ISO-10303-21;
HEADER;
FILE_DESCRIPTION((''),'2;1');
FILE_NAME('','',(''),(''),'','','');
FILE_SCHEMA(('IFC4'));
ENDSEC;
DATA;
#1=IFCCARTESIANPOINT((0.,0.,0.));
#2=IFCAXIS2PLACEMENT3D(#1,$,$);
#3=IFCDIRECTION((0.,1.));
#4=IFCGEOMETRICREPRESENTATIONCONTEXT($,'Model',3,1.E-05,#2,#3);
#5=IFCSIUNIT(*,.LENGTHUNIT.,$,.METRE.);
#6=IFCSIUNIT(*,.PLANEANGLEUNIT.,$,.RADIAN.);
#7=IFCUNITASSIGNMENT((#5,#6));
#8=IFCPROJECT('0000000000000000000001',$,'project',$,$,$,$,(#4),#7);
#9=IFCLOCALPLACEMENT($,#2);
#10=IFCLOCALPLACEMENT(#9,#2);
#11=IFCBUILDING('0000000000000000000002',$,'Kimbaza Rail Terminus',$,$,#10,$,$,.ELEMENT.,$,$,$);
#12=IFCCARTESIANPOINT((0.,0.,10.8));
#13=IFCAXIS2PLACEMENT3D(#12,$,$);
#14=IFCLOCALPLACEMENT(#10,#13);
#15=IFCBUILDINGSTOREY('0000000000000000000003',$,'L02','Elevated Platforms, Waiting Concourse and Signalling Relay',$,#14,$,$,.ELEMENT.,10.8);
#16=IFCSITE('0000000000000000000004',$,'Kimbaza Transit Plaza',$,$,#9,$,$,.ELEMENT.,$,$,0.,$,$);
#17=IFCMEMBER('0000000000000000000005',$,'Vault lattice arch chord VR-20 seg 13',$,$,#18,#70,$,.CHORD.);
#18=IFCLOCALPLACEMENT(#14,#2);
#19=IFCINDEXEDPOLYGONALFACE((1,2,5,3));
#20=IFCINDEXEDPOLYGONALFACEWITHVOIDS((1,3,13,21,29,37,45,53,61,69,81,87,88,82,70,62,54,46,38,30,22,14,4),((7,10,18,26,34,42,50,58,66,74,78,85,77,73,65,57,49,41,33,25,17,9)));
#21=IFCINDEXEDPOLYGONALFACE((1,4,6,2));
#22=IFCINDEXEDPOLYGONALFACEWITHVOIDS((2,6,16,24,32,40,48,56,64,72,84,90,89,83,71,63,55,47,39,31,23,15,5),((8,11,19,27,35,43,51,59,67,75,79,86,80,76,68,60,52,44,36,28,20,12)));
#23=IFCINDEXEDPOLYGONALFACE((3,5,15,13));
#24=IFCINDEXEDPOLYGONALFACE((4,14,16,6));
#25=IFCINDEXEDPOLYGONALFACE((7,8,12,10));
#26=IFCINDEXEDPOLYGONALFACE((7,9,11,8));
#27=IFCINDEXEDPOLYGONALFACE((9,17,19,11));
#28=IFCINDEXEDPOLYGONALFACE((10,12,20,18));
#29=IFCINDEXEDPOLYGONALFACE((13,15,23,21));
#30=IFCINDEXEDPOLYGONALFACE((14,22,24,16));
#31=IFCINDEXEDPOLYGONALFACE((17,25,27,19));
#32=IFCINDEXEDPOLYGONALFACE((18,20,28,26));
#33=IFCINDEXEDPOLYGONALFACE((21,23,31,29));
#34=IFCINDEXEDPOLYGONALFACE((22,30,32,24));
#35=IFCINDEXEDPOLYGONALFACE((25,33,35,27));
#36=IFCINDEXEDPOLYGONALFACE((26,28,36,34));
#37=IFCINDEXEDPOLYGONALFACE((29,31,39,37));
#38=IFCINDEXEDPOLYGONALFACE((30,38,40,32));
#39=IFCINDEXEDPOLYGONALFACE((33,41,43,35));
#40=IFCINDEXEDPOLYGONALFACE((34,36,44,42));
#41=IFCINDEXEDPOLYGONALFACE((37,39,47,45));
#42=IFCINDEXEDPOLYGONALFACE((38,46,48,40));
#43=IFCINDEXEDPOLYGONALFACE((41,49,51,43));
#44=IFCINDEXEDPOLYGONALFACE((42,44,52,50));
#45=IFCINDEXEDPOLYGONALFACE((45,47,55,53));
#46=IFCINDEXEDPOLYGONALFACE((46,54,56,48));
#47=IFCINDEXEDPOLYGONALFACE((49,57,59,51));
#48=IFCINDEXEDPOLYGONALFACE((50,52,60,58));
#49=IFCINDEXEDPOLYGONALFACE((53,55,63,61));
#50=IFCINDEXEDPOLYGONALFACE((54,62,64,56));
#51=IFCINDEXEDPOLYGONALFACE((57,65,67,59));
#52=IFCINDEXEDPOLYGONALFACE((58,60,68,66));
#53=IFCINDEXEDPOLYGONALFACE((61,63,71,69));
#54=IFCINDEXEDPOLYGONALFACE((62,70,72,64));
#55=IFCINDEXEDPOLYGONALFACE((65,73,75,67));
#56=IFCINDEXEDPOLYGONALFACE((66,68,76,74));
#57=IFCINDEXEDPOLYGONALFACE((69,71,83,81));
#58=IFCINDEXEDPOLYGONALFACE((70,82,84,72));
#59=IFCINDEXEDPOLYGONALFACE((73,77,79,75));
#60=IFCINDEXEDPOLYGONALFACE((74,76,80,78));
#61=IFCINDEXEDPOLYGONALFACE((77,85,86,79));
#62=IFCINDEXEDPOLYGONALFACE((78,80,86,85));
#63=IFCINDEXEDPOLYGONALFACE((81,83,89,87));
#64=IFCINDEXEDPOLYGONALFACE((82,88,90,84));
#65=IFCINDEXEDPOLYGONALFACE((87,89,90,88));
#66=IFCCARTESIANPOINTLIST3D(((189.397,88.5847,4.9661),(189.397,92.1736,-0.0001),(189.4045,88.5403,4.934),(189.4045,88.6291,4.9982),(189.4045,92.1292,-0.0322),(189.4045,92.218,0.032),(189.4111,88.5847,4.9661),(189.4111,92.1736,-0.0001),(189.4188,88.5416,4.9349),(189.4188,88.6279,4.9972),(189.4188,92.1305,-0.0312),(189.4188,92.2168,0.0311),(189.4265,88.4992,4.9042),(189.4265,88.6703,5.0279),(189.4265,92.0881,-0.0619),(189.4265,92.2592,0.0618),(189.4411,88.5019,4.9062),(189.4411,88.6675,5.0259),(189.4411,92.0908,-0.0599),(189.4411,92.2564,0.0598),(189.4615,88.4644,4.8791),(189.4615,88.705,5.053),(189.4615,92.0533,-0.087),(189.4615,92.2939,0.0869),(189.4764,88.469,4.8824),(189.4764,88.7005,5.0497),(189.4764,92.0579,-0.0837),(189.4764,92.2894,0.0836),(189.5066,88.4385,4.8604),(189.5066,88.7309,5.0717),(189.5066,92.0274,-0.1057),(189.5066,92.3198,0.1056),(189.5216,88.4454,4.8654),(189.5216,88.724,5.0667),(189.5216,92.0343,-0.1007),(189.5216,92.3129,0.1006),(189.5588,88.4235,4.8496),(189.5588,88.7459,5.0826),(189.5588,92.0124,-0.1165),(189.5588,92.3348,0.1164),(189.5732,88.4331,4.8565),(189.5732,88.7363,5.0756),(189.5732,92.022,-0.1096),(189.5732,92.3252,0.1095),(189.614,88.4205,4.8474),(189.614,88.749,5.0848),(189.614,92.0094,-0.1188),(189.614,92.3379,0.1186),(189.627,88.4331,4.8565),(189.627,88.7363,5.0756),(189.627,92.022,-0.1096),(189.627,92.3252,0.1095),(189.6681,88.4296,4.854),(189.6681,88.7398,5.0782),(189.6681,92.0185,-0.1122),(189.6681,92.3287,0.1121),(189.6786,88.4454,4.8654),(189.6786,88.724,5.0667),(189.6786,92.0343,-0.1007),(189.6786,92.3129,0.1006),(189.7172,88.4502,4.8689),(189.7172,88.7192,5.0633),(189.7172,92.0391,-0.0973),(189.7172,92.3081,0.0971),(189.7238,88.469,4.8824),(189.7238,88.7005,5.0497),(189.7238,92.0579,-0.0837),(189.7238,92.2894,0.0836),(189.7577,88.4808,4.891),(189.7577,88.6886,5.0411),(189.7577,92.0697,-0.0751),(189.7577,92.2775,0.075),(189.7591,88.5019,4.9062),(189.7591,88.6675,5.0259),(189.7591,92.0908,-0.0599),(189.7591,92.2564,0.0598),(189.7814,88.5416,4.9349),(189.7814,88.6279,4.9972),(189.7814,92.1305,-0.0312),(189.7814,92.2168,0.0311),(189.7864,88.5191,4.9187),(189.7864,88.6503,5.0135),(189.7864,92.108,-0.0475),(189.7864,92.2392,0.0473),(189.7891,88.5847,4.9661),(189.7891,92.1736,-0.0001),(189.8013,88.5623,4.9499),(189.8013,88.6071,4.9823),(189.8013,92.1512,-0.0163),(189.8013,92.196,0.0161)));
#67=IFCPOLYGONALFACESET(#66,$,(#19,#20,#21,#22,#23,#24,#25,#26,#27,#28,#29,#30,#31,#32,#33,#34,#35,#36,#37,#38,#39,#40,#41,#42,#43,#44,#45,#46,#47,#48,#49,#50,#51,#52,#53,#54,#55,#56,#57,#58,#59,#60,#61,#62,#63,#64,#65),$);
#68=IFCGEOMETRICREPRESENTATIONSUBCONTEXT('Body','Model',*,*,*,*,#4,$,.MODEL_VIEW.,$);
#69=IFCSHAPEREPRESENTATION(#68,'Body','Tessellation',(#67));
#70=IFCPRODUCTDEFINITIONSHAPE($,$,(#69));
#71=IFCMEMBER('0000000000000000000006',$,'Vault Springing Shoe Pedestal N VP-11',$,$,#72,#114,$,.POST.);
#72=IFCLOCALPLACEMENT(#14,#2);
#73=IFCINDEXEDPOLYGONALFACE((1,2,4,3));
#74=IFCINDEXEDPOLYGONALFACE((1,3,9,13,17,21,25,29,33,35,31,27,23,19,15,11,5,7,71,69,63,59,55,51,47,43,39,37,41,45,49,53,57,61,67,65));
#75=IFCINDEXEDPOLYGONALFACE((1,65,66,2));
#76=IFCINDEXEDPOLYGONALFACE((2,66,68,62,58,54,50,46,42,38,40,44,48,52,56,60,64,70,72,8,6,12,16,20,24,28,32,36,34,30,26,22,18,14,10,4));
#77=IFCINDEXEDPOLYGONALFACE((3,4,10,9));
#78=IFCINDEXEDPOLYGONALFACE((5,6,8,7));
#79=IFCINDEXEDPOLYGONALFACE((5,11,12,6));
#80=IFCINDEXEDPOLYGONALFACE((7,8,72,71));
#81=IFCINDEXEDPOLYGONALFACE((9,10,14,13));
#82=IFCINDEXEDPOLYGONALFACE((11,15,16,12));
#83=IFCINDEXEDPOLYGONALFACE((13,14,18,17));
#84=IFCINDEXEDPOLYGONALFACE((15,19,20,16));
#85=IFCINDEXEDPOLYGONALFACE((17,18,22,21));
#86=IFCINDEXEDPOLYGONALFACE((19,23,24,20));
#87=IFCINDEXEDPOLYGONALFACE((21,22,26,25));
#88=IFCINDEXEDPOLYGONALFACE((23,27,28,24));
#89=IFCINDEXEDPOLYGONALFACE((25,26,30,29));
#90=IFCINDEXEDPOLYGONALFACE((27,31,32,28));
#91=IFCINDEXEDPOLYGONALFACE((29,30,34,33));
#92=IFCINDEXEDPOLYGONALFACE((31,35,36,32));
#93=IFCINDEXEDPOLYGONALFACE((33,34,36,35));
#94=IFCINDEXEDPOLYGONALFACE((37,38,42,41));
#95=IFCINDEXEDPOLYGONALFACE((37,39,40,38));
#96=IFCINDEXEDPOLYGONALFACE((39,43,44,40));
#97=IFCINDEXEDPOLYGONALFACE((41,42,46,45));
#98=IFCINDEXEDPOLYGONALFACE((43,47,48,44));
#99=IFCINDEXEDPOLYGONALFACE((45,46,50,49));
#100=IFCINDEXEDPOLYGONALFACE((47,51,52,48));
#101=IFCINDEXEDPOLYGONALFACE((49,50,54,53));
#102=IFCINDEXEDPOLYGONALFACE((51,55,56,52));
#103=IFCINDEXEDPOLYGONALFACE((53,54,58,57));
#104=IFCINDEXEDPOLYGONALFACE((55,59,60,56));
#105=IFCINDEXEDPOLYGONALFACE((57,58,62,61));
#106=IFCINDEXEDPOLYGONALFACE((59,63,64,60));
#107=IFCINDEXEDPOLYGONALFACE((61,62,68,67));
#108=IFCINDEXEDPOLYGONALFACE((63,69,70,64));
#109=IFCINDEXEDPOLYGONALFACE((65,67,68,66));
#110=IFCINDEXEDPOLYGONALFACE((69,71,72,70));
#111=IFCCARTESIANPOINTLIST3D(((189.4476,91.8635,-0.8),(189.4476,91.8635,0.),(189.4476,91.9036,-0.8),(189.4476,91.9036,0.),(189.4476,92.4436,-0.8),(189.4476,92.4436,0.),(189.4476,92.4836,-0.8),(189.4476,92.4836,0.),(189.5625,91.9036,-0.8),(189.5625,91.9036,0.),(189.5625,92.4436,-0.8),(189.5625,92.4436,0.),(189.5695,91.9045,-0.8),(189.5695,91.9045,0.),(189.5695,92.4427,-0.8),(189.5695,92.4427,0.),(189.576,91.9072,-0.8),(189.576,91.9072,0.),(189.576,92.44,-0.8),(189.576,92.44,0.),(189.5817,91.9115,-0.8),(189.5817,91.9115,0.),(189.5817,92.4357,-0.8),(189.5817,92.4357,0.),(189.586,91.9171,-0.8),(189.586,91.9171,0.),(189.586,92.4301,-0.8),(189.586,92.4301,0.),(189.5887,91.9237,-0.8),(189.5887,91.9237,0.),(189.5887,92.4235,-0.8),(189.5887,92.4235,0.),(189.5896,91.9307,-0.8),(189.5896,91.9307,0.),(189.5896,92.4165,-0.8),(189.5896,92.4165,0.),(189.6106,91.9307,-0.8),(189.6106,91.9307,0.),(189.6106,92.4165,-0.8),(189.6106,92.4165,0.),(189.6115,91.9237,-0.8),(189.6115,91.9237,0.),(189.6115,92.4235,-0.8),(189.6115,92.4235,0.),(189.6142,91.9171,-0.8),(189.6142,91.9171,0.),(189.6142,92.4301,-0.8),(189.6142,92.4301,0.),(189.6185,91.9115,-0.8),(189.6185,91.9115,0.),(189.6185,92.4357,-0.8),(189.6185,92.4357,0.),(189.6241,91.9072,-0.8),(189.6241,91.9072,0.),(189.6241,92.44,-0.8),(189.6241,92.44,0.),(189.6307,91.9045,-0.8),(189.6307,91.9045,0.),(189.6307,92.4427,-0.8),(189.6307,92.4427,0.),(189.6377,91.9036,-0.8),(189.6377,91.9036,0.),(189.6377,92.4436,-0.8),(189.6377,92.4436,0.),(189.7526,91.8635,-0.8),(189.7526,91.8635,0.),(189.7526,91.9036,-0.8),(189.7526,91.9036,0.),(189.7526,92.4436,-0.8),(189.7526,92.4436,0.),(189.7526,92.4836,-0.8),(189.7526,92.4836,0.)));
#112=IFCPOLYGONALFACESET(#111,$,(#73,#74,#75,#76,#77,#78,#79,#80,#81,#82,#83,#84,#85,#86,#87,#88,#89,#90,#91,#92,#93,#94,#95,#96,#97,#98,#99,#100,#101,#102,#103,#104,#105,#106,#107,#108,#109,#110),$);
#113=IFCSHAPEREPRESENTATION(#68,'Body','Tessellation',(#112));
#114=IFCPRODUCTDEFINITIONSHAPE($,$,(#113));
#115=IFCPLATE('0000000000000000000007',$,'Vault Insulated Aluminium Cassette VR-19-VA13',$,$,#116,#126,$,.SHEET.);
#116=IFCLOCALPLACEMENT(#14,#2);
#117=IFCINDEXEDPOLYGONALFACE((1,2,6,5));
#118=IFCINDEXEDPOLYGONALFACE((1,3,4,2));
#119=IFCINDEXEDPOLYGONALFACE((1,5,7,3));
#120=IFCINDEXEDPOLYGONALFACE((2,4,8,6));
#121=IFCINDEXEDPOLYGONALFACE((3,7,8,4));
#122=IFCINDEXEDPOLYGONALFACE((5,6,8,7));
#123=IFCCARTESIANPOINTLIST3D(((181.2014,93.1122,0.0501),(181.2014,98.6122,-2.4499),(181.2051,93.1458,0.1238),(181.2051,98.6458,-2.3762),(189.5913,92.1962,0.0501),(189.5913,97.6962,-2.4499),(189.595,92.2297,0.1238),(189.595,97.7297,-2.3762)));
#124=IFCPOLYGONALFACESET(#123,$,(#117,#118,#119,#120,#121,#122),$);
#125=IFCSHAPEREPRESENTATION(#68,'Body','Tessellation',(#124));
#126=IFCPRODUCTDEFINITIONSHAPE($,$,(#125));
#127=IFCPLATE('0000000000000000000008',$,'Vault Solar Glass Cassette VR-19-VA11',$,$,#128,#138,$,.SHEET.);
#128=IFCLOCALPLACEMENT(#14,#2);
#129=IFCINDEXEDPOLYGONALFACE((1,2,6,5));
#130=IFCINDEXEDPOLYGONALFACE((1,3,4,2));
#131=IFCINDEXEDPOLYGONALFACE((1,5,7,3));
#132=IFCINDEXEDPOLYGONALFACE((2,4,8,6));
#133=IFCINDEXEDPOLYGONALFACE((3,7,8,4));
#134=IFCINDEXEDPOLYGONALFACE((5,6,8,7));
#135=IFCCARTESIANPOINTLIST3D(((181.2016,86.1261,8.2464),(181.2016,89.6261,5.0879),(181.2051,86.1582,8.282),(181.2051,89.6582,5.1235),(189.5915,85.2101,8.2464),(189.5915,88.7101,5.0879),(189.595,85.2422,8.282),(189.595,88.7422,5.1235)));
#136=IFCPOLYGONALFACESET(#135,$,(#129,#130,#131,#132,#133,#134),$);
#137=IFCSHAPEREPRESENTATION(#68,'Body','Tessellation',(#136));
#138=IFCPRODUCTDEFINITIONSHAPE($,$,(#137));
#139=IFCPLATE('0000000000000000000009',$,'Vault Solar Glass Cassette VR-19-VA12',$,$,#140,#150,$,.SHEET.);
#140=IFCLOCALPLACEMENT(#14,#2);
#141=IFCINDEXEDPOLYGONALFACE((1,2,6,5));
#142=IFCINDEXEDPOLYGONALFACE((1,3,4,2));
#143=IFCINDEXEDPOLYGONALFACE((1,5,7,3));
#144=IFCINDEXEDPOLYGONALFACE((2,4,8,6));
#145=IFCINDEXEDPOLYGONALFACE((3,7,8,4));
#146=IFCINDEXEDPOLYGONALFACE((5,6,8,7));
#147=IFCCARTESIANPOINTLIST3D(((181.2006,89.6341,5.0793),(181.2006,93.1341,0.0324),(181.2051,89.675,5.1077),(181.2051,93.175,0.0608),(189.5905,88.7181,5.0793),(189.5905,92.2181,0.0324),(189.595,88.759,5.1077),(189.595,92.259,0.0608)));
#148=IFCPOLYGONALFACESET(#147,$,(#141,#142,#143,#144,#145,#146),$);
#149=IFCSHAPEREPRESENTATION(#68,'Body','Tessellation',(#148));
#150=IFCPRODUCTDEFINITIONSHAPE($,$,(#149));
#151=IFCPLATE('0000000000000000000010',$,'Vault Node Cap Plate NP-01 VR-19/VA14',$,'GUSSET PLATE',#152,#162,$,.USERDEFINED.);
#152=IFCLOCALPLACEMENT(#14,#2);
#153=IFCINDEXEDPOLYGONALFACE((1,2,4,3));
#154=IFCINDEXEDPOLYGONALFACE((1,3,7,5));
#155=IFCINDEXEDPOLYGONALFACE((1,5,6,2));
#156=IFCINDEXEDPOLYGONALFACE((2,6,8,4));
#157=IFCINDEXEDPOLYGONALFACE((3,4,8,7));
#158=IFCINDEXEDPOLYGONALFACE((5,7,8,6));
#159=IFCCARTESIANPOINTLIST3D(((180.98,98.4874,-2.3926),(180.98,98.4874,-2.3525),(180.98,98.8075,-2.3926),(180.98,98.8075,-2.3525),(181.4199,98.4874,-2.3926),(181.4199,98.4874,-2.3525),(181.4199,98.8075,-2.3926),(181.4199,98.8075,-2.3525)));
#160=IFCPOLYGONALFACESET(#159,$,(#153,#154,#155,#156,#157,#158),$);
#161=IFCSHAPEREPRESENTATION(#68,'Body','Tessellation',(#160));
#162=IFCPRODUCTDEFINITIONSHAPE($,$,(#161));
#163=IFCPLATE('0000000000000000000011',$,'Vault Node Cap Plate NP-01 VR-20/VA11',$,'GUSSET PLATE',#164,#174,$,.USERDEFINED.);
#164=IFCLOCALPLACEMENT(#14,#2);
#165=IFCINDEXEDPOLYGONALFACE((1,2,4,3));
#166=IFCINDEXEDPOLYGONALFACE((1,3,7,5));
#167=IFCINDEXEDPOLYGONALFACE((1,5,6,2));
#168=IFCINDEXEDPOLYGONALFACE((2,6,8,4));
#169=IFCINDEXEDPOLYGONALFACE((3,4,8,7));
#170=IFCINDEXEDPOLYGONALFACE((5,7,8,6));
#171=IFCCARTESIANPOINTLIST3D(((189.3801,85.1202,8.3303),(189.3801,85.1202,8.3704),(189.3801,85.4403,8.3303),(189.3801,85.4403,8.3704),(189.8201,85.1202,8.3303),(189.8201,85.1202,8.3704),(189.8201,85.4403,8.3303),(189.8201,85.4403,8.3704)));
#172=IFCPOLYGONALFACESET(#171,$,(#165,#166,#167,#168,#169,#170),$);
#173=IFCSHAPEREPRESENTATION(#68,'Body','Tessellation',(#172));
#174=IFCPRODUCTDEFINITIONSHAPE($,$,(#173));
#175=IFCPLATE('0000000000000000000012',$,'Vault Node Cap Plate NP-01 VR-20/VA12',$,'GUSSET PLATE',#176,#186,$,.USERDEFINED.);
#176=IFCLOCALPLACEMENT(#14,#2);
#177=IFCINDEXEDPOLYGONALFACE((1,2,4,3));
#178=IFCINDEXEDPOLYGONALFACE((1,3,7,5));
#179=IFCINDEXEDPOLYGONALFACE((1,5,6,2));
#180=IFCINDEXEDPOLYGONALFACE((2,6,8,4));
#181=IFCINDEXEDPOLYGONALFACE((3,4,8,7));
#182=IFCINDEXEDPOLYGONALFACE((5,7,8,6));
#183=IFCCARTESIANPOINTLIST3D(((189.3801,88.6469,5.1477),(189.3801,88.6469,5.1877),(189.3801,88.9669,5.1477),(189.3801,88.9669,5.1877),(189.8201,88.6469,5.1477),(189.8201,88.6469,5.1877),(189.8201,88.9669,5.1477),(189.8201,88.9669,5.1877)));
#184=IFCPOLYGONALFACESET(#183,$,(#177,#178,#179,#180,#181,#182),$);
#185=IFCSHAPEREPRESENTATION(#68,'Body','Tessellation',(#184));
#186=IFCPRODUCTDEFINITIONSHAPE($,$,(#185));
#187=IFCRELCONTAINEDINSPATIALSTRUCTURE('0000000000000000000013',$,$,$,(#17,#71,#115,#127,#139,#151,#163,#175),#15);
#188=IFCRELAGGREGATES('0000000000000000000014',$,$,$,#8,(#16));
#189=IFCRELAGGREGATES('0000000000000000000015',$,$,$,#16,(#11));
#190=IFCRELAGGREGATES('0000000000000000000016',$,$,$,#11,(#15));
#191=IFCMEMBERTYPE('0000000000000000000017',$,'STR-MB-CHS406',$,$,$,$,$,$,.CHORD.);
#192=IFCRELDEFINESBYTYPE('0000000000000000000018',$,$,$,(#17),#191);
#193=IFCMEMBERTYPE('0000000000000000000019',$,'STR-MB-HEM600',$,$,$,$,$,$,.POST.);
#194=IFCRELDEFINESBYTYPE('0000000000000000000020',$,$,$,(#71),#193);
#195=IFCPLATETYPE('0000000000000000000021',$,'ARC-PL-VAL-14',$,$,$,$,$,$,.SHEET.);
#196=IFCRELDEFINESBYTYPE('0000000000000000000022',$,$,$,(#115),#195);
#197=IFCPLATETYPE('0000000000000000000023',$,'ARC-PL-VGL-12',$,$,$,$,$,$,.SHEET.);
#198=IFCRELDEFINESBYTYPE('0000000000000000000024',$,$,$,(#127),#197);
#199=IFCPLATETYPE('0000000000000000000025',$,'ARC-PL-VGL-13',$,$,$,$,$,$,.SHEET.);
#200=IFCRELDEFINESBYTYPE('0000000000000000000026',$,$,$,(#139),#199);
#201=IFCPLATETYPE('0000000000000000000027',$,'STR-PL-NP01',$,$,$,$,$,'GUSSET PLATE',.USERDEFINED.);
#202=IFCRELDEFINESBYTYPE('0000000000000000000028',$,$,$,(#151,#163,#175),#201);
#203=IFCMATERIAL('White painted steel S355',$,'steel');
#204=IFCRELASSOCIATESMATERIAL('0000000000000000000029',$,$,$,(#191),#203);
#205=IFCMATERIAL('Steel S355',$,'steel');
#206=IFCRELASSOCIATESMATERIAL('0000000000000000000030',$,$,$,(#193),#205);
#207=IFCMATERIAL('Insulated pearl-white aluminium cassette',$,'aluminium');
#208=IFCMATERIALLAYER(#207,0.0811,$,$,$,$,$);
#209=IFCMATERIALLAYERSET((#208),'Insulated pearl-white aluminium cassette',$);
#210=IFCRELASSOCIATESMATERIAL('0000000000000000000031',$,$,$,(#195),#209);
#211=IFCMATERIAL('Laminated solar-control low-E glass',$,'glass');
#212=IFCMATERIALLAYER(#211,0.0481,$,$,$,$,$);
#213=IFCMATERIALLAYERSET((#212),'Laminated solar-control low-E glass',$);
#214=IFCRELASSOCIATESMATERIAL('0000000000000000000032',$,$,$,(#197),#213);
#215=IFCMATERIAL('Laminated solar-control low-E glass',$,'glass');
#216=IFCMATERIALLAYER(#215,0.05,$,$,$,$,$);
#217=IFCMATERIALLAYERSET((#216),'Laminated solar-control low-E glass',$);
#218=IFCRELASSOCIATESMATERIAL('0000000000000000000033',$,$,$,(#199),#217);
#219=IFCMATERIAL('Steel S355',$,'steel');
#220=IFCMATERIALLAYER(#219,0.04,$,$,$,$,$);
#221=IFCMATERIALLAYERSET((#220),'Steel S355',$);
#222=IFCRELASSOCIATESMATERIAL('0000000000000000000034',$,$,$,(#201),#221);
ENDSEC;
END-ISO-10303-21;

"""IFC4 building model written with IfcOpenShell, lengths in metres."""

from ifc_helpers import new_model, si_unit, direction, frame, origin, origin_2d, place, context, subcontext, project, spatial, polyline, rectangle, hollow_circle, i_section, outline, extrude, material, layer, layer_set, material_profile, profile_set, type_object, element, save


model = new_model("IFC4")

# Units and contexts
model_context = context("Model", 3, precision=1e-05, world=origin(), true_north=direction((0.0, 1.0)))
body_context = subcontext(model_context, "Body", "Model", "MODEL_VIEW")
ifc_project = project(units=[si_unit("LENGTHUNIT", "METRE"), si_unit("PLANEANGLEUNIT", "RADIAN")], contexts=[model_context])

# Site, building, storey
site_placement = place(None, origin())
site = spatial("IfcSite", under=ifc_project, at=site_placement, Name="Kimbaza Transit Plaza", CompositionType="ELEMENT", RefElevation=0.0)
building_placement = place(site_placement, origin())
building = spatial("IfcBuilding", under=site, at=building_placement, Name="Kimbaza Rail Terminus", CompositionType="ELEMENT")
storey_placement = place(building_placement, frame((0.0, 0.0, 10.8)))
storey = spatial("IfcBuildingStorey", under=building, at=storey_placement, Name="L02", Description="Elevated Platforms, Waiting Concourse and Signalling Relay", CompositionType="ELEMENT", Elevation=10.8)

# Members
ifc_material_1 = material(Name="White painted steel S355", Category="steel")
ifc_material_profile_1 = material_profile(ifc_material_1, hollow_circle(Radius=0.2031, WallThickness=0.0142, at=origin_2d()), Name="CHS 406.4x14.2")
ifc_profile_set_1 = profile_set([ifc_material_profile_1], Name="White painted steel S355")
member_type_1 = type_object("IfcMemberType", Name="STR-MB-CHS406", PredefinedType="CHORD", material=ifc_profile_set_1)
member_1_placement = place(storey_placement, frame((189.6001, 88.5847, 4.9661), z_axis=(0.0, 0.585733, -0.810504), x_axis=(-1.0, 0.0, 0.0)))
element("IfcMember", 1, at=member_1_placement, inside=storey, type_object=member_type_1, Name="Vault lattice arch chord VR-20 seg 13", PredefinedType="CHORD", context=body_context, shape_type="SweptSolid", body=[
    extrude(hollow_circle(Radius=0.2031, WallThickness=0.0142, at=origin_2d()), origin(), (0.0, 0.0, 1.0), 6.1272),
])
ifc_material_2 = material(Name="Steel S355", Category="steel")
ifc_material_profile_2 = material_profile(ifc_material_2, i_section(OverallWidth=0.3049, OverallDepth=0.6201, WebThickness=0.021, FlangeThickness=0.04, FilletRadius=0.0271, at=origin_2d()), Name="HEM 600")
ifc_profile_set_2 = profile_set([ifc_material_profile_2], Name="Steel S355")
member_type_2 = type_object("IfcMemberType", Name="STR-MB-HEM600", PredefinedType="POST", material=ifc_profile_set_2)
member_2_placement = place(storey_placement, frame((189.6001, 92.1736, -0.8), z_axis=(0.0, 0.0, 1.0), x_axis=(1.0, 0.0, 0.0)))
element("IfcMember", 2, at=member_2_placement, inside=storey, type_object=member_type_2, Name="Vault Springing Shoe Pedestal N VP-11", PredefinedType="POST", context=body_context, shape_type="SweptSolid", body=[
    extrude(i_section(OverallWidth=0.3049, OverallDepth=0.6201, WebThickness=0.021, FlangeThickness=0.04, FilletRadius=0.0271, at=origin_2d()), origin(), (0.0, 0.0, 1.0), 0.8),
])

# Plates
ifc_material_3 = material(Name="Insulated pearl-white aluminium cassette", Category="aluminium")
ifc_layer_1 = layer(ifc_material_3, 0.0811)
ifc_layer_set_1 = layer_set([ifc_layer_1], Name="Insulated pearl-white aluminium cassette")
plate_type_1 = type_object("IfcPlateType", Name="ARC-PL-VAL-14", PredefinedType="SHEET", material=ifc_layer_set_1)
plate_1_placement = place(storey_placement, frame((181.2051, 93.1458, 0.1238), z_axis=(0.045133, 0.413381, 0.909439), x_axis=(0.994093, -0.108536, 0.0)))
element("IfcPlate", 3, at=plate_1_placement, inside=storey, type_object=plate_type_1, Name="Vault Insulated Aluminium Cassette VR-19-VA13", PredefinedType="SHEET", context=body_context, shape_type="SweptSolid", body=[
    extrude(outline(polyline([(0.0, 0.0), (8.4398, 0.0), (7.8428, 6.012), (-0.5969, 6.012), (0.0, 0.0)])), origin(), (0.0, 0.0, -1.0), 0.0811),
])
ifc_material_4 = material(Name="Laminated solar-control low-E glass", Category="glass")
ifc_layer_2 = layer(ifc_material_4, 0.0481)
ifc_layer_set_2 = layer_set([ifc_layer_2], Name="Laminated solar-control low-E glass")
plate_type_2 = type_object("IfcPlateType", Name="ARC-PL-VGL-12", PredefinedType="SHEET", material=ifc_layer_set_2)
plate_2_placement = place(storey_placement, frame((181.2051, 86.1582, 8.282), z_axis=(0.072951, 0.668169, 0.740424), x_axis=(0.994093, -0.108536, 0.0)))
element("IfcPlate", 4, at=plate_2_placement, inside=storey, type_object=plate_type_2, Name="Vault Solar Glass Cassette VR-19-VA11", PredefinedType="SHEET", context=body_context, shape_type="SweptSolid", body=[
    extrude(outline(polyline([(0.0, 0.0), (8.4398, 0.0), (8.0599, 4.6991), (-0.3799, 4.6991), (0.0, 0.0)])), origin(), (0.0, 0.0, -1.0), 0.0481),
])
ifc_material_5 = material(Name="Laminated solar-control low-E glass", Category="glass")
ifc_layer_3 = layer(ifc_material_5, 0.05)
ifc_layer_set_3 = layer_set([ifc_layer_3], Name="Laminated solar-control low-E glass")
plate_type_3 = type_object("IfcPlateType", Name="ARC-PL-VGL-13", PredefinedType="SHEET", material=ifc_layer_set_3)
plate_3_placement = place(storey_placement, frame((181.2051, 89.675, 5.1077), z_axis=(0.089359, 0.818447, 0.567591), x_axis=(0.994093, -0.108536, 0.0)))
element("IfcPlate", 5, at=plate_3_placement, inside=storey, type_object=plate_type_3, Name="Vault Solar Glass Cassette VR-19-VA12", PredefinedType="SHEET", context=body_context, shape_type="SweptSolid", body=[
    extrude(outline(polyline([(0.0, 0.0), (8.4398, 0.0), (8.0599, 6.13), (-0.3799, 6.13), (0.0, 0.0)])), origin(), (0.0, 0.0, -1.0), 0.05),
])
ifc_material_6 = material(Name="Steel S355", Category="steel")
ifc_layer_4 = layer(ifc_material_6, 0.04)
ifc_layer_set_4 = layer_set([ifc_layer_4], Name="Steel S355")
plate_type_4 = type_object("IfcPlateType", Name="STR-PL-NP01", ElementType="GUSSET PLATE", PredefinedType="USERDEFINED", material=ifc_layer_set_4)
for number, where, z_axis, x_axis, name in (
    (6, (181.2, 98.6475, -2.3926), (0.0, 0.0, 1.0), (1.0, 0.0, 0.0), "Vault Node Cap Plate NP-01 VR-19/VA14"),
    (7, (189.6001, 85.2803, 8.3303), (0.0, 0.0, 1.0), (1.0, 0.0, 0.0), "Vault Node Cap Plate NP-01 VR-20/VA11"),
    (8, (189.6001, 88.8069, 5.1477), (0.0, 0.0, 1.0), (1.0, 0.0, 0.0), "Vault Node Cap Plate NP-01 VR-20/VA12"),
):
    element("IfcPlate", number, at=place(storey_placement, frame(where, z_axis=z_axis, x_axis=x_axis)), inside=storey, type_object=plate_type_4, Name=name, ObjectType="GUSSET PLATE", PredefinedType="USERDEFINED", context=body_context, shape_type="SweptSolid", body=[
        extrude(rectangle(XDim=0.4399, YDim=0.3201, at=origin_2d()), origin(), (0.0, 0.0, 1.0), 0.04),
    ])

save(model, "model.ifc")
